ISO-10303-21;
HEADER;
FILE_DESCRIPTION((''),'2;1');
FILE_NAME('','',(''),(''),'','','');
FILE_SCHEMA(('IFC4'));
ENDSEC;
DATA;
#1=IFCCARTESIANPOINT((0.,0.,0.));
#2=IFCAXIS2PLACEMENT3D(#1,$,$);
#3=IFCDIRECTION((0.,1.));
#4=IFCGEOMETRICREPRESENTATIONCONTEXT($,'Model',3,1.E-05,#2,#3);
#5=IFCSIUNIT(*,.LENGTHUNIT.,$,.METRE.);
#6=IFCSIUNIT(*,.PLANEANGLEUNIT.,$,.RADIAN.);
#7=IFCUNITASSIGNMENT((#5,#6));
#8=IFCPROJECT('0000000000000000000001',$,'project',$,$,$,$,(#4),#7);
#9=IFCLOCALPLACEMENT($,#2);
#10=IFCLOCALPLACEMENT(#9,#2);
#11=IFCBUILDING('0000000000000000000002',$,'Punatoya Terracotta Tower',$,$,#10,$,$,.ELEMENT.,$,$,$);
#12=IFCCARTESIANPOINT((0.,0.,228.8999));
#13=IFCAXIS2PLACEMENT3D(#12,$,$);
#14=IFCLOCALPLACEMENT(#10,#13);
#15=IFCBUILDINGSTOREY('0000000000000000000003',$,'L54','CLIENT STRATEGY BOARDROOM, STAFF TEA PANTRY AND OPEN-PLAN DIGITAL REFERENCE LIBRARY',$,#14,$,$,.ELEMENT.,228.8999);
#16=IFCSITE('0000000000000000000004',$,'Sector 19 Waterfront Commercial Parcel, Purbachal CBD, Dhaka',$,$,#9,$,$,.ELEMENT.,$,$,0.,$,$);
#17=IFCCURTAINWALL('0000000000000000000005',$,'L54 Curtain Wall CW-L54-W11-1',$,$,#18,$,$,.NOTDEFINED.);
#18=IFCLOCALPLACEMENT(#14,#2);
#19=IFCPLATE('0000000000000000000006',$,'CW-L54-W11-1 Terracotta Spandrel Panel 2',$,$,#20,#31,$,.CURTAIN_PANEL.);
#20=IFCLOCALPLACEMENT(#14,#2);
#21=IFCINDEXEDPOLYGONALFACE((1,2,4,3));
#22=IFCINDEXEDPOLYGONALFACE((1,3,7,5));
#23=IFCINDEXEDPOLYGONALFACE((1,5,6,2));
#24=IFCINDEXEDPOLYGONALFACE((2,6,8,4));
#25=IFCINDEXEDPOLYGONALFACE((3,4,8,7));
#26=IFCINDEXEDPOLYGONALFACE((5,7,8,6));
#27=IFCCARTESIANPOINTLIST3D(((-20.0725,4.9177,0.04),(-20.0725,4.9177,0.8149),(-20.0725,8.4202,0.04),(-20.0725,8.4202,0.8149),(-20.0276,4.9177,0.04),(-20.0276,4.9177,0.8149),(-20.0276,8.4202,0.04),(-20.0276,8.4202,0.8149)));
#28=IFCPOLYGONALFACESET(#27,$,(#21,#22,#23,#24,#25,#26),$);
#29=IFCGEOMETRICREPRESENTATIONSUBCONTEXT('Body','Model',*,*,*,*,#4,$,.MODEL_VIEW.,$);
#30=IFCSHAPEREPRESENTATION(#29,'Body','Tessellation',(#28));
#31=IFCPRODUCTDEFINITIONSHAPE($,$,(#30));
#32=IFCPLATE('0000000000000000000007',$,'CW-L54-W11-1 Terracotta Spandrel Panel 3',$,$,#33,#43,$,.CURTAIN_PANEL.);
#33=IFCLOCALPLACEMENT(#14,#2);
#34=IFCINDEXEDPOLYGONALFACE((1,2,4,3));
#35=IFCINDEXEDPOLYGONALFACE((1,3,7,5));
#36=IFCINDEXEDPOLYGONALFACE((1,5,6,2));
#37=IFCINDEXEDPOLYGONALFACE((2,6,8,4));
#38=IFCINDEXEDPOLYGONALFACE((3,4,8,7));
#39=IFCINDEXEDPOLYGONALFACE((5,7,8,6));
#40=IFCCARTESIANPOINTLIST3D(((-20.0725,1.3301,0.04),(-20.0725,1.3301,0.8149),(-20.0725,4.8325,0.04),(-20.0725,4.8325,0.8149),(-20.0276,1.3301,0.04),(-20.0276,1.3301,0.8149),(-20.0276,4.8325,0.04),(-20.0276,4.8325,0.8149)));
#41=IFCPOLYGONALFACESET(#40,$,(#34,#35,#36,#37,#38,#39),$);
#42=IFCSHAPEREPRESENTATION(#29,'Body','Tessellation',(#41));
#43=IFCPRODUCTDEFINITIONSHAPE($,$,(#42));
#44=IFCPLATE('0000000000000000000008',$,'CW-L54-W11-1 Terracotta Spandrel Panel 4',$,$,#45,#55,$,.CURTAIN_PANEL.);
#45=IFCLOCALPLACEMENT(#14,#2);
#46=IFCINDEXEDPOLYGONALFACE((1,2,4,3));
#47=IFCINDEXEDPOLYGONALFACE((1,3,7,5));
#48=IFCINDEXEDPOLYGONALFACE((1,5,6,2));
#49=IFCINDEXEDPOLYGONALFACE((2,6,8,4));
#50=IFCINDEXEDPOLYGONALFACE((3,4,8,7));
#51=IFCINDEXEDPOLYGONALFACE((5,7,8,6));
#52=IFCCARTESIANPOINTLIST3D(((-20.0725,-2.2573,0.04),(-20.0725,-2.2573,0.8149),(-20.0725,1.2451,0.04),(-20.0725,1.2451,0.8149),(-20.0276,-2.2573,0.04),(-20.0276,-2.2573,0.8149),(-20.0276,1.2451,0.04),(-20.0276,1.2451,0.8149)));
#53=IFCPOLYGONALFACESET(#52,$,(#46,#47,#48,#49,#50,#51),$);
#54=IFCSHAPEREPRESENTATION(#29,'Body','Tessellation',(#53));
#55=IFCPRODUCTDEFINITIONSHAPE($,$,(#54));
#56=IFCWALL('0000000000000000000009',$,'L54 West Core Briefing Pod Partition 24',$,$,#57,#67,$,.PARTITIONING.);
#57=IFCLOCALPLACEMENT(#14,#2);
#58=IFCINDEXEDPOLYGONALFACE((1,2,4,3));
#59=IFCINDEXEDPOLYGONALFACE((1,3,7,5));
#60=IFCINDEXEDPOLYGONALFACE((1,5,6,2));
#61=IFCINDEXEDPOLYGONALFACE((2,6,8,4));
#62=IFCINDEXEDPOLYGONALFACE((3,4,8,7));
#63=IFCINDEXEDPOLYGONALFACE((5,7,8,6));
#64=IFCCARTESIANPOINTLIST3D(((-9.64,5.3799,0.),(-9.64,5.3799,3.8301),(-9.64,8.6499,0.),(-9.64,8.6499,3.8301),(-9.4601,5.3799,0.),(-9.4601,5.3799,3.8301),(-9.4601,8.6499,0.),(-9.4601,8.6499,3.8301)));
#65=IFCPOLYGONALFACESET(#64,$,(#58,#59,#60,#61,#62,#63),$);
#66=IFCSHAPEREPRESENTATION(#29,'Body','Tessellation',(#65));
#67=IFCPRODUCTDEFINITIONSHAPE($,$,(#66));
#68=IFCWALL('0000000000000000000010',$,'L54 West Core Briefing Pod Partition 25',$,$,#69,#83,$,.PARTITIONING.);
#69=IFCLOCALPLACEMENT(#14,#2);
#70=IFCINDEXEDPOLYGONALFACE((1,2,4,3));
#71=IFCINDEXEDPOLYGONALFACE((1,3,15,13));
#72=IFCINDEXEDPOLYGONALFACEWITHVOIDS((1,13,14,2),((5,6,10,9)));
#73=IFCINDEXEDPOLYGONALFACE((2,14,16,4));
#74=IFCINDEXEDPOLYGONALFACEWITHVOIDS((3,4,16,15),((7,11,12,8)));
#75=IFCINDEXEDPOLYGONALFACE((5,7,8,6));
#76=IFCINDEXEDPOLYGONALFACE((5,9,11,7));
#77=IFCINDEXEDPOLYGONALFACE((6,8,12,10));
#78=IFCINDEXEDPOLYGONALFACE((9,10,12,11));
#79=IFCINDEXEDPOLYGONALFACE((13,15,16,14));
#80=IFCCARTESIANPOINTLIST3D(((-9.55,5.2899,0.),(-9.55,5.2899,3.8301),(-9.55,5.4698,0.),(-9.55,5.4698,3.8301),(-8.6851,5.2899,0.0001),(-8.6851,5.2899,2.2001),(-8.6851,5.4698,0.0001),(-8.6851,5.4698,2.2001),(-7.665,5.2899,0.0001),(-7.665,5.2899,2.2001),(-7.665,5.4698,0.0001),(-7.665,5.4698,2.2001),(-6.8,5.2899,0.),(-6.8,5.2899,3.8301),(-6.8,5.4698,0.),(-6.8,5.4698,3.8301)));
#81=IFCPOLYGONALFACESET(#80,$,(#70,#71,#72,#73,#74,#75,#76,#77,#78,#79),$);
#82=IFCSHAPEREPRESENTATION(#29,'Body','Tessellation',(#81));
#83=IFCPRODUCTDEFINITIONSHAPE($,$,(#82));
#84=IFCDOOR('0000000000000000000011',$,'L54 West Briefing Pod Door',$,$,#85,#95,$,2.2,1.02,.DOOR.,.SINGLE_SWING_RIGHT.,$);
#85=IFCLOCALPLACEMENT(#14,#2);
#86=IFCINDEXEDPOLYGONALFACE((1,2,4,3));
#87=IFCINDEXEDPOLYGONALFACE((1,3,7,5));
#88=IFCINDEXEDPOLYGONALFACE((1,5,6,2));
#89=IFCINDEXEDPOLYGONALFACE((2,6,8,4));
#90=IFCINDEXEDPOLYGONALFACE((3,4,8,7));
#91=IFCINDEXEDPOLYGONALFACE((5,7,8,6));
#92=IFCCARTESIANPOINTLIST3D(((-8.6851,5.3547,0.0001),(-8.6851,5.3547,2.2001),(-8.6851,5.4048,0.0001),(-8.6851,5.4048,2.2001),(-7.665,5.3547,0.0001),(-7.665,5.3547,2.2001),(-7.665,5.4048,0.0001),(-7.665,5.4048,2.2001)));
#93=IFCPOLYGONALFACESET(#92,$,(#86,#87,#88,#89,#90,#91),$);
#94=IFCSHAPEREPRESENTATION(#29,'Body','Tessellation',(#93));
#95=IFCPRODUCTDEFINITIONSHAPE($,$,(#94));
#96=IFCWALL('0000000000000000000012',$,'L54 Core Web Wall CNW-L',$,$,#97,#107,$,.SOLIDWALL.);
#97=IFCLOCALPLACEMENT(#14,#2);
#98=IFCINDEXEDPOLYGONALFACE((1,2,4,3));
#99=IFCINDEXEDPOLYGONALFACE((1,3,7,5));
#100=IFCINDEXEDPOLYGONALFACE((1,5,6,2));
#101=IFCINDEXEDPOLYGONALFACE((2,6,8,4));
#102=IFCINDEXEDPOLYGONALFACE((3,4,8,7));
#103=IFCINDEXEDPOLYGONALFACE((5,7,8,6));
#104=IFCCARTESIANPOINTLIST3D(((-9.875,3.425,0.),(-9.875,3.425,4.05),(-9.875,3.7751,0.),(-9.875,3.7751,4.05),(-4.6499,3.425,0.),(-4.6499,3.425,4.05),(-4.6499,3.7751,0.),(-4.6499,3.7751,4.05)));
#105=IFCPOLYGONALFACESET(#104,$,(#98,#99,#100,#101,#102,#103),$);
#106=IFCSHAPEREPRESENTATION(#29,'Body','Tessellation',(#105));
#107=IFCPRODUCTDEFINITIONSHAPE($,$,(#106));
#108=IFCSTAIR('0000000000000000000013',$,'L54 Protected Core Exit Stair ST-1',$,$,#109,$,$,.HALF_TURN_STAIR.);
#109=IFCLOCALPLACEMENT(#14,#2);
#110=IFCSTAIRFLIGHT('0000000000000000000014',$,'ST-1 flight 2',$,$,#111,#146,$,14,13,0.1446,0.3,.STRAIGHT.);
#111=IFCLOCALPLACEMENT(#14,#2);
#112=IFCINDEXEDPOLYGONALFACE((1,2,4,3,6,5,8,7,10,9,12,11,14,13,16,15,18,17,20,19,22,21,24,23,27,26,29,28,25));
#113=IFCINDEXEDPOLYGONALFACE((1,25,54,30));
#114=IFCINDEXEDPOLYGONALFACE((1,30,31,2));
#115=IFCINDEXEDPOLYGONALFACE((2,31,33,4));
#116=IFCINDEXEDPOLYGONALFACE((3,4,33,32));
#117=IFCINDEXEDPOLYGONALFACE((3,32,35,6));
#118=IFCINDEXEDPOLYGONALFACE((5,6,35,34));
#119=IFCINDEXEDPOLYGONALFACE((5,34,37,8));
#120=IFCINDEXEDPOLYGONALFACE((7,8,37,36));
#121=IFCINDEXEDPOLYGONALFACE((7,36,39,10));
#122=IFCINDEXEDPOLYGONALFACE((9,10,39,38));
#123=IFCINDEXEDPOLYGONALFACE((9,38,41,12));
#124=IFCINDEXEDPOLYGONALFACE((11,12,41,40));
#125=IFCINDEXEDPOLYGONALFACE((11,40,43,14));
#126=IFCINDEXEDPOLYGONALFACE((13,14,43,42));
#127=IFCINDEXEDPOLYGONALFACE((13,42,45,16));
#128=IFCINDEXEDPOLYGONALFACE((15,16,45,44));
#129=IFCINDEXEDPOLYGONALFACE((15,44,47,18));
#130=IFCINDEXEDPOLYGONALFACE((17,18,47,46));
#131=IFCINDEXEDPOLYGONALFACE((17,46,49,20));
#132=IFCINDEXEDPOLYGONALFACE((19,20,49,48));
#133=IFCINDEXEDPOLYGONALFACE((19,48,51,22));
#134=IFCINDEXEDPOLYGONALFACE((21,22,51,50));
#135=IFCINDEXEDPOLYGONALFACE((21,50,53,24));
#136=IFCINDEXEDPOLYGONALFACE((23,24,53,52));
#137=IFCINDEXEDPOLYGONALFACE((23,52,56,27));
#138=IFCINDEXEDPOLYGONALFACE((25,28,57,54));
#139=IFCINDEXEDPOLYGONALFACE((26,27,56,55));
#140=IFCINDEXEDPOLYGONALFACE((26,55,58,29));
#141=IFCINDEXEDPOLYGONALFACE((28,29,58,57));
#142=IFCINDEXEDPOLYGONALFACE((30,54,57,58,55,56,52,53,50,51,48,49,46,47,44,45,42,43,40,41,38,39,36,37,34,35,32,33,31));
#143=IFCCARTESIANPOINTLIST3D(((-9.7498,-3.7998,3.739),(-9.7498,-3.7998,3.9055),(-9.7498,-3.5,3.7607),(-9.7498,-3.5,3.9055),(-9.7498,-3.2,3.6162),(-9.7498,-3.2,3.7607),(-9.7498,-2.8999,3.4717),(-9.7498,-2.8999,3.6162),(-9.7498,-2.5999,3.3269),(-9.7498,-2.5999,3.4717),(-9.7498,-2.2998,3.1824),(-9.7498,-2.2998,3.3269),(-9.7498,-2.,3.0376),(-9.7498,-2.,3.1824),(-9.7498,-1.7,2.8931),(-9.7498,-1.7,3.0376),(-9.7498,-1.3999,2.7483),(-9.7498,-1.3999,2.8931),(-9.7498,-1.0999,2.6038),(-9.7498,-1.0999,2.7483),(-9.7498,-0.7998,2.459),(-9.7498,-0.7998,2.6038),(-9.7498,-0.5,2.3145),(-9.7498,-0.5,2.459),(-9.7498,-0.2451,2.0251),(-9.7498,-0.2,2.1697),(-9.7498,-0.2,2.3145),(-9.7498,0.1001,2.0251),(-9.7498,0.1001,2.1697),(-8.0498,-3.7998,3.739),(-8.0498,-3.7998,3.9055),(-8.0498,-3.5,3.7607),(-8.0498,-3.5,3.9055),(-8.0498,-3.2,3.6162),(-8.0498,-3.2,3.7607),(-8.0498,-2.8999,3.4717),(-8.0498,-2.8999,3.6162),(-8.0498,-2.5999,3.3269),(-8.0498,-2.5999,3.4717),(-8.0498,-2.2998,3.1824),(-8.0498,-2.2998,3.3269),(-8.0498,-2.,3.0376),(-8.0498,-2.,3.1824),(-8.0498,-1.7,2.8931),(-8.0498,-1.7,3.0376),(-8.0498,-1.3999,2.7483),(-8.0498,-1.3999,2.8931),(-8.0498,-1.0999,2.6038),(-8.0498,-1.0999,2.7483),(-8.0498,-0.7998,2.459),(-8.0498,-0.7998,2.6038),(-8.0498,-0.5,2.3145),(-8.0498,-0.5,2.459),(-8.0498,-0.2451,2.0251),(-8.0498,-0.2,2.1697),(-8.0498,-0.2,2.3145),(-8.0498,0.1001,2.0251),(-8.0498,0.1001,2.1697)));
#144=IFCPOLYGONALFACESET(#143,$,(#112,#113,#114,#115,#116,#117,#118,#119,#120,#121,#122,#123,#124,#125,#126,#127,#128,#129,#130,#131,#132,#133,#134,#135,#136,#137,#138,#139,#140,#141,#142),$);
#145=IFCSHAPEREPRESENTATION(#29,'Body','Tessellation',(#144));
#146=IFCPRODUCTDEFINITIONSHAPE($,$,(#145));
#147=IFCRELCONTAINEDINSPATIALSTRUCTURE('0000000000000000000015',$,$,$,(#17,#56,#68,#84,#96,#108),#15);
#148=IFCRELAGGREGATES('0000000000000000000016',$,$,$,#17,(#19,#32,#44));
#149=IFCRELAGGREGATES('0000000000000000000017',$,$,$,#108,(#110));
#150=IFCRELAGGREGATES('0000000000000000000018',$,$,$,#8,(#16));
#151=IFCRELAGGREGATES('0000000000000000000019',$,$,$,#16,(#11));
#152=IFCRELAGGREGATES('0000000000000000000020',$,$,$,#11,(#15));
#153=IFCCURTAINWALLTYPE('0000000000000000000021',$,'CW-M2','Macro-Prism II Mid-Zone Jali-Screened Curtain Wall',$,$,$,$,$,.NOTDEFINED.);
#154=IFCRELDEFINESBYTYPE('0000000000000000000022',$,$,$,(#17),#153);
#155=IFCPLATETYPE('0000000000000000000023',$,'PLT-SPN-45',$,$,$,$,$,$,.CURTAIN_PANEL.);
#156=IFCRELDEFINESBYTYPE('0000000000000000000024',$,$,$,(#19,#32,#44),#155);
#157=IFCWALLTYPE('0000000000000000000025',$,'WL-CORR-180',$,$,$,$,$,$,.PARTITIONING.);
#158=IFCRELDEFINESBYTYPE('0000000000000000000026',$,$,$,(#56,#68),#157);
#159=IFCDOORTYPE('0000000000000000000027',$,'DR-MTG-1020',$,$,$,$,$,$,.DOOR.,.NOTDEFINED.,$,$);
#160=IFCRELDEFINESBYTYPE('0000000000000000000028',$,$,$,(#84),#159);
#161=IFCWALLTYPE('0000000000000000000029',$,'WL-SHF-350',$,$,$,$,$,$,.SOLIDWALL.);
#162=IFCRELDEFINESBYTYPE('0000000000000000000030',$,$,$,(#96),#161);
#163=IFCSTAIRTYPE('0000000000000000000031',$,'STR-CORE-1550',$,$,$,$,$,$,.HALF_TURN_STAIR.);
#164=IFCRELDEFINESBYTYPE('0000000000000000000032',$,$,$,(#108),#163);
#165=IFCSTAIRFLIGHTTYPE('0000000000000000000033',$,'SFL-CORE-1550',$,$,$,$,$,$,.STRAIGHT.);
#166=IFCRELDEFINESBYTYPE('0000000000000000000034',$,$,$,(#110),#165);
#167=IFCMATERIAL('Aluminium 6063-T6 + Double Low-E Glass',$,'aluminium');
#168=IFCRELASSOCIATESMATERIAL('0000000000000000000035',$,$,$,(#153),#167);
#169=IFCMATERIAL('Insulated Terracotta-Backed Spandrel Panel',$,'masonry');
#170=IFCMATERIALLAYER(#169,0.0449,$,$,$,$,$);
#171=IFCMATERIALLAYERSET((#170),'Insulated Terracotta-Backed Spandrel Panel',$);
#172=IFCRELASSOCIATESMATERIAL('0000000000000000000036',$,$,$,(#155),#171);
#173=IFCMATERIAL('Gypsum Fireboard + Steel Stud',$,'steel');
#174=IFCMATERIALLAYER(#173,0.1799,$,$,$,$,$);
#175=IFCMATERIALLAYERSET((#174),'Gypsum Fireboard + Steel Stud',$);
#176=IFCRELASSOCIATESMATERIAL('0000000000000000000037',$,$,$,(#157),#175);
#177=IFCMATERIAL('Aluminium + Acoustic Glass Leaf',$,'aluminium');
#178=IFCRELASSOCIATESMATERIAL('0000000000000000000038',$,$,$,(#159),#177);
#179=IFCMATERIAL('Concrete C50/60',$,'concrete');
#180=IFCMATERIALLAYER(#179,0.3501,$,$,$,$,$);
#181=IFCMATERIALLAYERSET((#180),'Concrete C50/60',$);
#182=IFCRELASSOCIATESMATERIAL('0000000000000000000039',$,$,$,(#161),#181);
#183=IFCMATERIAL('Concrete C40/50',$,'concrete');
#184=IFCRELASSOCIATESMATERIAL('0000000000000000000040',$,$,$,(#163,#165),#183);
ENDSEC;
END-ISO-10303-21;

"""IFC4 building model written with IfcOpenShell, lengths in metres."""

from ifc_helpers import new_model, si_unit, direction, frame, frame_2d, origin, origin_2d, place, context, subcontext, project, spatial, polyline, rectangle, outline, extrude, material, layer, layer_set, type_object, element, fill, aggregate, save


model = new_model("IFC4")

# Units and contexts
model_context = context("Model", 3, precision=1e-05, world=origin(), true_north=direction((0.0, 1.0)))
body_context = subcontext(model_context, "Body", "Model", "MODEL_VIEW")
ifc_project = project(units=[si_unit("LENGTHUNIT", "METRE"), si_unit("PLANEANGLEUNIT", "RADIAN")], contexts=[model_context])

# Site, building, storey
site_placement = place(None, origin())
site = spatial("IfcSite", under=ifc_project, at=site_placement, Name="Sector 19 Waterfront Commercial Parcel, Purbachal CBD, Dhaka", CompositionType="ELEMENT", RefElevation=0.0)
building_placement = place(site_placement, origin())
building = spatial("IfcBuilding", under=site, at=building_placement, Name="Punatoya Terracotta Tower", CompositionType="ELEMENT")
storey_placement = place(building_placement, frame((0.0, 0.0, 228.8999)))
storey = spatial("IfcBuildingStorey", under=building, at=storey_placement, Name="L54", Description="CLIENT STRATEGY BOARDROOM, STAFF TEA PANTRY AND OPEN-PLAN DIGITAL REFERENCE LIBRARY", CompositionType="ELEMENT", Elevation=228.8999)

# Curtain wall, plates
ifc_material_1 = material(Name="Aluminium 6063-T6 + Double Low-E Glass", Category="aluminium")
curtain_wall_type = type_object("IfcCurtainWallType", Name="CW-M2", Description="Macro-Prism II Mid-Zone Jali-Screened Curtain Wall", PredefinedType="NOTDEFINED", material=ifc_material_1)
curtain_wall_placement = place(storey_placement, origin())
curtain_wall = element("IfcCurtainWall", 1, at=curtain_wall_placement, inside=storey, type_object=curtain_wall_type, Name="L54 Curtain Wall CW-L54-W11-1", PredefinedType="NOTDEFINED")
ifc_material_2 = material(Name="Insulated Terracotta-Backed Spandrel Panel", Category="masonry")
ifc_layer_1 = layer(ifc_material_2, 0.0449)
ifc_layer_set_1 = layer_set([ifc_layer_1], Name="Insulated Terracotta-Backed Spandrel Panel")
plate_type_1 = type_object("IfcPlateType", Name="PLT-SPN-45", PredefinedType="CURTAIN_PANEL", material=ifc_layer_set_1)
plate_1_placement = place(storey_placement, frame((-20.05, 6.6689, 0.04), z_axis=(0.0, 0.0, 1.0), x_axis=(0.0, -1.0, 0.0)))
plate_1 = element("IfcPlate", 2, at=plate_1_placement, type_object=plate_type_1, Name="CW-L54-W11-1 Terracotta Spandrel Panel 2", PredefinedType="CURTAIN_PANEL", context=body_context, shape_type="SweptSolid", body=[
    extrude(rectangle(XDim=3.5024, YDim=0.0449, at=origin_2d()), origin(), (0.0, 0.0, 1.0), 0.7749),
])
plate_2_placement = place(storey_placement, frame((-20.05, 3.0813, 0.04), z_axis=(0.0, 0.0, 1.0), x_axis=(0.0, -1.0, 0.0)))
plate_2 = element("IfcPlate", 3, at=plate_2_placement, type_object=plate_type_1, Name="CW-L54-W11-1 Terracotta Spandrel Panel 3", PredefinedType="CURTAIN_PANEL", context=body_context, shape_type="SweptSolid", body=[
    extrude(rectangle(XDim=3.5024, YDim=0.0449, at=origin_2d()), origin(), (0.0, 0.0, 1.0), 0.7749),
])
plate_3_placement = place(storey_placement, frame((-20.05, -0.5061, 0.04), z_axis=(0.0, 0.0, 1.0), x_axis=(0.0, -1.0, 0.0)))
plate_3 = element("IfcPlate", 4, at=plate_3_placement, type_object=plate_type_1, Name="CW-L54-W11-1 Terracotta Spandrel Panel 4", PredefinedType="CURTAIN_PANEL", context=body_context, shape_type="SweptSolid", body=[
    extrude(rectangle(XDim=3.5024, YDim=0.0449, at=origin_2d()), origin(), (0.0, 0.0, 1.0), 0.7749),
])
aggregate(curtain_wall, [plate_1, plate_2, plate_3])

# Wall
ifc_material_3 = material(Name="Gypsum Fireboard + Steel Stud", Category="steel")
ifc_layer_2 = layer(ifc_material_3, 0.1799)
ifc_layer_set_2 = layer_set([ifc_layer_2], Name="Gypsum Fireboard + Steel Stud")
wall_type_1 = type_object("IfcWallType", Name="WL-CORR-180", PredefinedType="PARTITIONING", material=ifc_layer_set_2)
wall_1_placement = place(storey_placement, frame((-9.55, 8.6499, 0.0), z_axis=(0.0, 0.0, 1.0), x_axis=(0.0, -1.0, 0.0)))
element("IfcWall", 5, at=wall_1_placement, inside=storey, type_object=wall_type_1, Name="L54 West Core Briefing Pod Partition 24", PredefinedType="PARTITIONING", context=body_context, shape_type="SweptSolid", body=[
    extrude(rectangle(XDim=3.27, YDim=0.1799, at=frame_2d((1.635, 0.0))), origin(), (0.0, 0.0, 1.0), 3.8301),
])

# Wall, opening, door
wall_2_placement = place(storey_placement, frame((-9.55, 5.3799, 0.0), z_axis=(0.0, 0.0, 1.0), x_axis=(1.0, 0.0, 0.0)))
wall_2 = element("IfcWall", 6, at=wall_2_placement, inside=storey, type_object=wall_type_1, Name="L54 West Core Briefing Pod Partition 25", PredefinedType="PARTITIONING", context=body_context, shape_type="SweptSolid", body=[
    extrude(rectangle(XDim=2.75, YDim=0.1799, at=frame_2d((1.375, 0.0))), origin(), (0.0, 0.0, 1.0), 3.8301),
])
opening_placement = place(wall_2_placement, frame((0.865, 0.0, 0.0)))
opening = element("IfcOpeningElement", 7, at=opening_placement, cuts=wall_2, PredefinedType="OPENING", context=body_context, shape_type="SweptSolid", body=[
    extrude(rectangle(XDim=1.02, YDim=2.2, at=frame_2d((0.51, 1.1001))), frame((0.0, 0.0999, 0.0), z_axis=(0.0, -1.0, 0.0), x_axis=(1.0, 0.0, 0.0)), (0.0, 0.0, 1.0), 0.2),
])
ifc_material_4 = material(Name="Aluminium + Acoustic Glass Leaf", Category="aluminium")
door_type = type_object("IfcDoorType", Name="DR-MTG-1020", OperationType="NOTDEFINED", PredefinedType="DOOR", material=ifc_material_4)
door_placement = place(opening_placement, origin())
door = element("IfcDoor", 8, at=door_placement, inside=storey, type_object=door_type, Name="L54 West Briefing Pod Door", OperationType="SINGLE_SWING_RIGHT", OverallHeight=2.2, OverallWidth=1.02, PredefinedType="DOOR", context=body_context, shape_type="SweptSolid", body=[
    extrude(rectangle(XDim=1.02, YDim=2.2, at=frame_2d((0.51, 1.1001))), frame((0.0, 0.0249, 0.0), z_axis=(0.0, -1.0, 0.0), x_axis=(1.0, 0.0, 0.0)), (0.0, 0.0, 1.0), 0.05),
])
fill(opening, door)

# Wall
ifc_material_5 = material(Name="Concrete C50/60", Category="concrete")
ifc_layer_3 = layer(ifc_material_5, 0.3501)
ifc_layer_set_3 = layer_set([ifc_layer_3], Name="Concrete C50/60")
wall_type_2 = type_object("IfcWallType", Name="WL-SHF-350", PredefinedType="SOLIDWALL", material=ifc_layer_set_3)
wall_3_placement = place(storey_placement, frame((-9.875, 3.6001, 0.0), z_axis=(0.0, 0.0, 1.0), x_axis=(1.0, 0.0, 0.0)))
element("IfcWall", 9, at=wall_3_placement, inside=storey, type_object=wall_type_2, Name="L54 Core Web Wall CNW-L", PredefinedType="SOLIDWALL", context=body_context, shape_type="SweptSolid", body=[
    extrude(rectangle(XDim=5.2251, YDim=0.3501, at=frame_2d((2.6125, 0.0))), origin(), (0.0, 0.0, 1.0), 4.05),
])

# Stair, stair flight
ifc_material_6 = material(Name="Concrete C40/50", Category="concrete")
stair_type = type_object("IfcStairType", Name="STR-CORE-1550", PredefinedType="HALF_TURN_STAIR", material=ifc_material_6)
stair_placement = place(storey_placement, origin())
stair = element("IfcStair", 10, at=stair_placement, inside=storey, type_object=stair_type, Name="L54 Protected Core Exit Stair ST-1", PredefinedType="HALF_TURN_STAIR")
stair_flight_type = type_object("IfcStairFlightType", Name="SFL-CORE-1550", PredefinedType="STRAIGHT", material=ifc_material_6)
stair_flight_placement = place(storey_placement, frame((-8.8999, 0.1001, 2.0251), z_axis=(0.0, 0.0, 1.0), x_axis=(0.0, -1.0, 0.0)))
stair_flight = element("IfcStairFlight", 11, at=stair_flight_placement, type_object=stair_flight_type, Name="ST-1 flight 2", NumberOfRisers=14, NumberOfTreads=13, PredefinedType="STRAIGHT", RiserHeight=0.1446, TreadLength=0.3, context=body_context, shape_type="SweptSolid", body=[
    extrude(outline(polyline([(0.0, 0.0), (0.0, 0.1445), (0.3, 0.1445), (0.3, 0.2893), (0.6001, 0.2893), (0.6001, 0.4338), (0.8999, 0.4338), (0.8999, 0.5786), (1.2, 0.5786), (1.2, 0.7231), (1.5, 0.7231), (1.5, 0.8679), (1.8, 0.8679), (1.8, 1.0125), (2.1001, 1.0125), (2.1001, 1.1572), (2.3999, 1.1572), (2.3999, 1.3018), (2.7, 1.3018), (2.7, 1.4465), (3.0, 1.4465), (3.0, 1.5911), (3.3, 1.5911), (3.3, 1.7356), (3.6001, 1.7356), (3.6001, 1.8804), (3.8999, 1.8804), (3.8999, 2.0249), (3.8999, 1.7139), (0.3452, 0.0), (0.0, 0.0)])), frame((0.0, 0.8501, 0.0), z_axis=(0.0, -1.0, 0.0), x_axis=(1.0, 0.0, 0.0)), (0.0, 0.0, 1.0), 1.7),
])
aggregate(stair, [stair_flight])

save(model, "model.ifc")
